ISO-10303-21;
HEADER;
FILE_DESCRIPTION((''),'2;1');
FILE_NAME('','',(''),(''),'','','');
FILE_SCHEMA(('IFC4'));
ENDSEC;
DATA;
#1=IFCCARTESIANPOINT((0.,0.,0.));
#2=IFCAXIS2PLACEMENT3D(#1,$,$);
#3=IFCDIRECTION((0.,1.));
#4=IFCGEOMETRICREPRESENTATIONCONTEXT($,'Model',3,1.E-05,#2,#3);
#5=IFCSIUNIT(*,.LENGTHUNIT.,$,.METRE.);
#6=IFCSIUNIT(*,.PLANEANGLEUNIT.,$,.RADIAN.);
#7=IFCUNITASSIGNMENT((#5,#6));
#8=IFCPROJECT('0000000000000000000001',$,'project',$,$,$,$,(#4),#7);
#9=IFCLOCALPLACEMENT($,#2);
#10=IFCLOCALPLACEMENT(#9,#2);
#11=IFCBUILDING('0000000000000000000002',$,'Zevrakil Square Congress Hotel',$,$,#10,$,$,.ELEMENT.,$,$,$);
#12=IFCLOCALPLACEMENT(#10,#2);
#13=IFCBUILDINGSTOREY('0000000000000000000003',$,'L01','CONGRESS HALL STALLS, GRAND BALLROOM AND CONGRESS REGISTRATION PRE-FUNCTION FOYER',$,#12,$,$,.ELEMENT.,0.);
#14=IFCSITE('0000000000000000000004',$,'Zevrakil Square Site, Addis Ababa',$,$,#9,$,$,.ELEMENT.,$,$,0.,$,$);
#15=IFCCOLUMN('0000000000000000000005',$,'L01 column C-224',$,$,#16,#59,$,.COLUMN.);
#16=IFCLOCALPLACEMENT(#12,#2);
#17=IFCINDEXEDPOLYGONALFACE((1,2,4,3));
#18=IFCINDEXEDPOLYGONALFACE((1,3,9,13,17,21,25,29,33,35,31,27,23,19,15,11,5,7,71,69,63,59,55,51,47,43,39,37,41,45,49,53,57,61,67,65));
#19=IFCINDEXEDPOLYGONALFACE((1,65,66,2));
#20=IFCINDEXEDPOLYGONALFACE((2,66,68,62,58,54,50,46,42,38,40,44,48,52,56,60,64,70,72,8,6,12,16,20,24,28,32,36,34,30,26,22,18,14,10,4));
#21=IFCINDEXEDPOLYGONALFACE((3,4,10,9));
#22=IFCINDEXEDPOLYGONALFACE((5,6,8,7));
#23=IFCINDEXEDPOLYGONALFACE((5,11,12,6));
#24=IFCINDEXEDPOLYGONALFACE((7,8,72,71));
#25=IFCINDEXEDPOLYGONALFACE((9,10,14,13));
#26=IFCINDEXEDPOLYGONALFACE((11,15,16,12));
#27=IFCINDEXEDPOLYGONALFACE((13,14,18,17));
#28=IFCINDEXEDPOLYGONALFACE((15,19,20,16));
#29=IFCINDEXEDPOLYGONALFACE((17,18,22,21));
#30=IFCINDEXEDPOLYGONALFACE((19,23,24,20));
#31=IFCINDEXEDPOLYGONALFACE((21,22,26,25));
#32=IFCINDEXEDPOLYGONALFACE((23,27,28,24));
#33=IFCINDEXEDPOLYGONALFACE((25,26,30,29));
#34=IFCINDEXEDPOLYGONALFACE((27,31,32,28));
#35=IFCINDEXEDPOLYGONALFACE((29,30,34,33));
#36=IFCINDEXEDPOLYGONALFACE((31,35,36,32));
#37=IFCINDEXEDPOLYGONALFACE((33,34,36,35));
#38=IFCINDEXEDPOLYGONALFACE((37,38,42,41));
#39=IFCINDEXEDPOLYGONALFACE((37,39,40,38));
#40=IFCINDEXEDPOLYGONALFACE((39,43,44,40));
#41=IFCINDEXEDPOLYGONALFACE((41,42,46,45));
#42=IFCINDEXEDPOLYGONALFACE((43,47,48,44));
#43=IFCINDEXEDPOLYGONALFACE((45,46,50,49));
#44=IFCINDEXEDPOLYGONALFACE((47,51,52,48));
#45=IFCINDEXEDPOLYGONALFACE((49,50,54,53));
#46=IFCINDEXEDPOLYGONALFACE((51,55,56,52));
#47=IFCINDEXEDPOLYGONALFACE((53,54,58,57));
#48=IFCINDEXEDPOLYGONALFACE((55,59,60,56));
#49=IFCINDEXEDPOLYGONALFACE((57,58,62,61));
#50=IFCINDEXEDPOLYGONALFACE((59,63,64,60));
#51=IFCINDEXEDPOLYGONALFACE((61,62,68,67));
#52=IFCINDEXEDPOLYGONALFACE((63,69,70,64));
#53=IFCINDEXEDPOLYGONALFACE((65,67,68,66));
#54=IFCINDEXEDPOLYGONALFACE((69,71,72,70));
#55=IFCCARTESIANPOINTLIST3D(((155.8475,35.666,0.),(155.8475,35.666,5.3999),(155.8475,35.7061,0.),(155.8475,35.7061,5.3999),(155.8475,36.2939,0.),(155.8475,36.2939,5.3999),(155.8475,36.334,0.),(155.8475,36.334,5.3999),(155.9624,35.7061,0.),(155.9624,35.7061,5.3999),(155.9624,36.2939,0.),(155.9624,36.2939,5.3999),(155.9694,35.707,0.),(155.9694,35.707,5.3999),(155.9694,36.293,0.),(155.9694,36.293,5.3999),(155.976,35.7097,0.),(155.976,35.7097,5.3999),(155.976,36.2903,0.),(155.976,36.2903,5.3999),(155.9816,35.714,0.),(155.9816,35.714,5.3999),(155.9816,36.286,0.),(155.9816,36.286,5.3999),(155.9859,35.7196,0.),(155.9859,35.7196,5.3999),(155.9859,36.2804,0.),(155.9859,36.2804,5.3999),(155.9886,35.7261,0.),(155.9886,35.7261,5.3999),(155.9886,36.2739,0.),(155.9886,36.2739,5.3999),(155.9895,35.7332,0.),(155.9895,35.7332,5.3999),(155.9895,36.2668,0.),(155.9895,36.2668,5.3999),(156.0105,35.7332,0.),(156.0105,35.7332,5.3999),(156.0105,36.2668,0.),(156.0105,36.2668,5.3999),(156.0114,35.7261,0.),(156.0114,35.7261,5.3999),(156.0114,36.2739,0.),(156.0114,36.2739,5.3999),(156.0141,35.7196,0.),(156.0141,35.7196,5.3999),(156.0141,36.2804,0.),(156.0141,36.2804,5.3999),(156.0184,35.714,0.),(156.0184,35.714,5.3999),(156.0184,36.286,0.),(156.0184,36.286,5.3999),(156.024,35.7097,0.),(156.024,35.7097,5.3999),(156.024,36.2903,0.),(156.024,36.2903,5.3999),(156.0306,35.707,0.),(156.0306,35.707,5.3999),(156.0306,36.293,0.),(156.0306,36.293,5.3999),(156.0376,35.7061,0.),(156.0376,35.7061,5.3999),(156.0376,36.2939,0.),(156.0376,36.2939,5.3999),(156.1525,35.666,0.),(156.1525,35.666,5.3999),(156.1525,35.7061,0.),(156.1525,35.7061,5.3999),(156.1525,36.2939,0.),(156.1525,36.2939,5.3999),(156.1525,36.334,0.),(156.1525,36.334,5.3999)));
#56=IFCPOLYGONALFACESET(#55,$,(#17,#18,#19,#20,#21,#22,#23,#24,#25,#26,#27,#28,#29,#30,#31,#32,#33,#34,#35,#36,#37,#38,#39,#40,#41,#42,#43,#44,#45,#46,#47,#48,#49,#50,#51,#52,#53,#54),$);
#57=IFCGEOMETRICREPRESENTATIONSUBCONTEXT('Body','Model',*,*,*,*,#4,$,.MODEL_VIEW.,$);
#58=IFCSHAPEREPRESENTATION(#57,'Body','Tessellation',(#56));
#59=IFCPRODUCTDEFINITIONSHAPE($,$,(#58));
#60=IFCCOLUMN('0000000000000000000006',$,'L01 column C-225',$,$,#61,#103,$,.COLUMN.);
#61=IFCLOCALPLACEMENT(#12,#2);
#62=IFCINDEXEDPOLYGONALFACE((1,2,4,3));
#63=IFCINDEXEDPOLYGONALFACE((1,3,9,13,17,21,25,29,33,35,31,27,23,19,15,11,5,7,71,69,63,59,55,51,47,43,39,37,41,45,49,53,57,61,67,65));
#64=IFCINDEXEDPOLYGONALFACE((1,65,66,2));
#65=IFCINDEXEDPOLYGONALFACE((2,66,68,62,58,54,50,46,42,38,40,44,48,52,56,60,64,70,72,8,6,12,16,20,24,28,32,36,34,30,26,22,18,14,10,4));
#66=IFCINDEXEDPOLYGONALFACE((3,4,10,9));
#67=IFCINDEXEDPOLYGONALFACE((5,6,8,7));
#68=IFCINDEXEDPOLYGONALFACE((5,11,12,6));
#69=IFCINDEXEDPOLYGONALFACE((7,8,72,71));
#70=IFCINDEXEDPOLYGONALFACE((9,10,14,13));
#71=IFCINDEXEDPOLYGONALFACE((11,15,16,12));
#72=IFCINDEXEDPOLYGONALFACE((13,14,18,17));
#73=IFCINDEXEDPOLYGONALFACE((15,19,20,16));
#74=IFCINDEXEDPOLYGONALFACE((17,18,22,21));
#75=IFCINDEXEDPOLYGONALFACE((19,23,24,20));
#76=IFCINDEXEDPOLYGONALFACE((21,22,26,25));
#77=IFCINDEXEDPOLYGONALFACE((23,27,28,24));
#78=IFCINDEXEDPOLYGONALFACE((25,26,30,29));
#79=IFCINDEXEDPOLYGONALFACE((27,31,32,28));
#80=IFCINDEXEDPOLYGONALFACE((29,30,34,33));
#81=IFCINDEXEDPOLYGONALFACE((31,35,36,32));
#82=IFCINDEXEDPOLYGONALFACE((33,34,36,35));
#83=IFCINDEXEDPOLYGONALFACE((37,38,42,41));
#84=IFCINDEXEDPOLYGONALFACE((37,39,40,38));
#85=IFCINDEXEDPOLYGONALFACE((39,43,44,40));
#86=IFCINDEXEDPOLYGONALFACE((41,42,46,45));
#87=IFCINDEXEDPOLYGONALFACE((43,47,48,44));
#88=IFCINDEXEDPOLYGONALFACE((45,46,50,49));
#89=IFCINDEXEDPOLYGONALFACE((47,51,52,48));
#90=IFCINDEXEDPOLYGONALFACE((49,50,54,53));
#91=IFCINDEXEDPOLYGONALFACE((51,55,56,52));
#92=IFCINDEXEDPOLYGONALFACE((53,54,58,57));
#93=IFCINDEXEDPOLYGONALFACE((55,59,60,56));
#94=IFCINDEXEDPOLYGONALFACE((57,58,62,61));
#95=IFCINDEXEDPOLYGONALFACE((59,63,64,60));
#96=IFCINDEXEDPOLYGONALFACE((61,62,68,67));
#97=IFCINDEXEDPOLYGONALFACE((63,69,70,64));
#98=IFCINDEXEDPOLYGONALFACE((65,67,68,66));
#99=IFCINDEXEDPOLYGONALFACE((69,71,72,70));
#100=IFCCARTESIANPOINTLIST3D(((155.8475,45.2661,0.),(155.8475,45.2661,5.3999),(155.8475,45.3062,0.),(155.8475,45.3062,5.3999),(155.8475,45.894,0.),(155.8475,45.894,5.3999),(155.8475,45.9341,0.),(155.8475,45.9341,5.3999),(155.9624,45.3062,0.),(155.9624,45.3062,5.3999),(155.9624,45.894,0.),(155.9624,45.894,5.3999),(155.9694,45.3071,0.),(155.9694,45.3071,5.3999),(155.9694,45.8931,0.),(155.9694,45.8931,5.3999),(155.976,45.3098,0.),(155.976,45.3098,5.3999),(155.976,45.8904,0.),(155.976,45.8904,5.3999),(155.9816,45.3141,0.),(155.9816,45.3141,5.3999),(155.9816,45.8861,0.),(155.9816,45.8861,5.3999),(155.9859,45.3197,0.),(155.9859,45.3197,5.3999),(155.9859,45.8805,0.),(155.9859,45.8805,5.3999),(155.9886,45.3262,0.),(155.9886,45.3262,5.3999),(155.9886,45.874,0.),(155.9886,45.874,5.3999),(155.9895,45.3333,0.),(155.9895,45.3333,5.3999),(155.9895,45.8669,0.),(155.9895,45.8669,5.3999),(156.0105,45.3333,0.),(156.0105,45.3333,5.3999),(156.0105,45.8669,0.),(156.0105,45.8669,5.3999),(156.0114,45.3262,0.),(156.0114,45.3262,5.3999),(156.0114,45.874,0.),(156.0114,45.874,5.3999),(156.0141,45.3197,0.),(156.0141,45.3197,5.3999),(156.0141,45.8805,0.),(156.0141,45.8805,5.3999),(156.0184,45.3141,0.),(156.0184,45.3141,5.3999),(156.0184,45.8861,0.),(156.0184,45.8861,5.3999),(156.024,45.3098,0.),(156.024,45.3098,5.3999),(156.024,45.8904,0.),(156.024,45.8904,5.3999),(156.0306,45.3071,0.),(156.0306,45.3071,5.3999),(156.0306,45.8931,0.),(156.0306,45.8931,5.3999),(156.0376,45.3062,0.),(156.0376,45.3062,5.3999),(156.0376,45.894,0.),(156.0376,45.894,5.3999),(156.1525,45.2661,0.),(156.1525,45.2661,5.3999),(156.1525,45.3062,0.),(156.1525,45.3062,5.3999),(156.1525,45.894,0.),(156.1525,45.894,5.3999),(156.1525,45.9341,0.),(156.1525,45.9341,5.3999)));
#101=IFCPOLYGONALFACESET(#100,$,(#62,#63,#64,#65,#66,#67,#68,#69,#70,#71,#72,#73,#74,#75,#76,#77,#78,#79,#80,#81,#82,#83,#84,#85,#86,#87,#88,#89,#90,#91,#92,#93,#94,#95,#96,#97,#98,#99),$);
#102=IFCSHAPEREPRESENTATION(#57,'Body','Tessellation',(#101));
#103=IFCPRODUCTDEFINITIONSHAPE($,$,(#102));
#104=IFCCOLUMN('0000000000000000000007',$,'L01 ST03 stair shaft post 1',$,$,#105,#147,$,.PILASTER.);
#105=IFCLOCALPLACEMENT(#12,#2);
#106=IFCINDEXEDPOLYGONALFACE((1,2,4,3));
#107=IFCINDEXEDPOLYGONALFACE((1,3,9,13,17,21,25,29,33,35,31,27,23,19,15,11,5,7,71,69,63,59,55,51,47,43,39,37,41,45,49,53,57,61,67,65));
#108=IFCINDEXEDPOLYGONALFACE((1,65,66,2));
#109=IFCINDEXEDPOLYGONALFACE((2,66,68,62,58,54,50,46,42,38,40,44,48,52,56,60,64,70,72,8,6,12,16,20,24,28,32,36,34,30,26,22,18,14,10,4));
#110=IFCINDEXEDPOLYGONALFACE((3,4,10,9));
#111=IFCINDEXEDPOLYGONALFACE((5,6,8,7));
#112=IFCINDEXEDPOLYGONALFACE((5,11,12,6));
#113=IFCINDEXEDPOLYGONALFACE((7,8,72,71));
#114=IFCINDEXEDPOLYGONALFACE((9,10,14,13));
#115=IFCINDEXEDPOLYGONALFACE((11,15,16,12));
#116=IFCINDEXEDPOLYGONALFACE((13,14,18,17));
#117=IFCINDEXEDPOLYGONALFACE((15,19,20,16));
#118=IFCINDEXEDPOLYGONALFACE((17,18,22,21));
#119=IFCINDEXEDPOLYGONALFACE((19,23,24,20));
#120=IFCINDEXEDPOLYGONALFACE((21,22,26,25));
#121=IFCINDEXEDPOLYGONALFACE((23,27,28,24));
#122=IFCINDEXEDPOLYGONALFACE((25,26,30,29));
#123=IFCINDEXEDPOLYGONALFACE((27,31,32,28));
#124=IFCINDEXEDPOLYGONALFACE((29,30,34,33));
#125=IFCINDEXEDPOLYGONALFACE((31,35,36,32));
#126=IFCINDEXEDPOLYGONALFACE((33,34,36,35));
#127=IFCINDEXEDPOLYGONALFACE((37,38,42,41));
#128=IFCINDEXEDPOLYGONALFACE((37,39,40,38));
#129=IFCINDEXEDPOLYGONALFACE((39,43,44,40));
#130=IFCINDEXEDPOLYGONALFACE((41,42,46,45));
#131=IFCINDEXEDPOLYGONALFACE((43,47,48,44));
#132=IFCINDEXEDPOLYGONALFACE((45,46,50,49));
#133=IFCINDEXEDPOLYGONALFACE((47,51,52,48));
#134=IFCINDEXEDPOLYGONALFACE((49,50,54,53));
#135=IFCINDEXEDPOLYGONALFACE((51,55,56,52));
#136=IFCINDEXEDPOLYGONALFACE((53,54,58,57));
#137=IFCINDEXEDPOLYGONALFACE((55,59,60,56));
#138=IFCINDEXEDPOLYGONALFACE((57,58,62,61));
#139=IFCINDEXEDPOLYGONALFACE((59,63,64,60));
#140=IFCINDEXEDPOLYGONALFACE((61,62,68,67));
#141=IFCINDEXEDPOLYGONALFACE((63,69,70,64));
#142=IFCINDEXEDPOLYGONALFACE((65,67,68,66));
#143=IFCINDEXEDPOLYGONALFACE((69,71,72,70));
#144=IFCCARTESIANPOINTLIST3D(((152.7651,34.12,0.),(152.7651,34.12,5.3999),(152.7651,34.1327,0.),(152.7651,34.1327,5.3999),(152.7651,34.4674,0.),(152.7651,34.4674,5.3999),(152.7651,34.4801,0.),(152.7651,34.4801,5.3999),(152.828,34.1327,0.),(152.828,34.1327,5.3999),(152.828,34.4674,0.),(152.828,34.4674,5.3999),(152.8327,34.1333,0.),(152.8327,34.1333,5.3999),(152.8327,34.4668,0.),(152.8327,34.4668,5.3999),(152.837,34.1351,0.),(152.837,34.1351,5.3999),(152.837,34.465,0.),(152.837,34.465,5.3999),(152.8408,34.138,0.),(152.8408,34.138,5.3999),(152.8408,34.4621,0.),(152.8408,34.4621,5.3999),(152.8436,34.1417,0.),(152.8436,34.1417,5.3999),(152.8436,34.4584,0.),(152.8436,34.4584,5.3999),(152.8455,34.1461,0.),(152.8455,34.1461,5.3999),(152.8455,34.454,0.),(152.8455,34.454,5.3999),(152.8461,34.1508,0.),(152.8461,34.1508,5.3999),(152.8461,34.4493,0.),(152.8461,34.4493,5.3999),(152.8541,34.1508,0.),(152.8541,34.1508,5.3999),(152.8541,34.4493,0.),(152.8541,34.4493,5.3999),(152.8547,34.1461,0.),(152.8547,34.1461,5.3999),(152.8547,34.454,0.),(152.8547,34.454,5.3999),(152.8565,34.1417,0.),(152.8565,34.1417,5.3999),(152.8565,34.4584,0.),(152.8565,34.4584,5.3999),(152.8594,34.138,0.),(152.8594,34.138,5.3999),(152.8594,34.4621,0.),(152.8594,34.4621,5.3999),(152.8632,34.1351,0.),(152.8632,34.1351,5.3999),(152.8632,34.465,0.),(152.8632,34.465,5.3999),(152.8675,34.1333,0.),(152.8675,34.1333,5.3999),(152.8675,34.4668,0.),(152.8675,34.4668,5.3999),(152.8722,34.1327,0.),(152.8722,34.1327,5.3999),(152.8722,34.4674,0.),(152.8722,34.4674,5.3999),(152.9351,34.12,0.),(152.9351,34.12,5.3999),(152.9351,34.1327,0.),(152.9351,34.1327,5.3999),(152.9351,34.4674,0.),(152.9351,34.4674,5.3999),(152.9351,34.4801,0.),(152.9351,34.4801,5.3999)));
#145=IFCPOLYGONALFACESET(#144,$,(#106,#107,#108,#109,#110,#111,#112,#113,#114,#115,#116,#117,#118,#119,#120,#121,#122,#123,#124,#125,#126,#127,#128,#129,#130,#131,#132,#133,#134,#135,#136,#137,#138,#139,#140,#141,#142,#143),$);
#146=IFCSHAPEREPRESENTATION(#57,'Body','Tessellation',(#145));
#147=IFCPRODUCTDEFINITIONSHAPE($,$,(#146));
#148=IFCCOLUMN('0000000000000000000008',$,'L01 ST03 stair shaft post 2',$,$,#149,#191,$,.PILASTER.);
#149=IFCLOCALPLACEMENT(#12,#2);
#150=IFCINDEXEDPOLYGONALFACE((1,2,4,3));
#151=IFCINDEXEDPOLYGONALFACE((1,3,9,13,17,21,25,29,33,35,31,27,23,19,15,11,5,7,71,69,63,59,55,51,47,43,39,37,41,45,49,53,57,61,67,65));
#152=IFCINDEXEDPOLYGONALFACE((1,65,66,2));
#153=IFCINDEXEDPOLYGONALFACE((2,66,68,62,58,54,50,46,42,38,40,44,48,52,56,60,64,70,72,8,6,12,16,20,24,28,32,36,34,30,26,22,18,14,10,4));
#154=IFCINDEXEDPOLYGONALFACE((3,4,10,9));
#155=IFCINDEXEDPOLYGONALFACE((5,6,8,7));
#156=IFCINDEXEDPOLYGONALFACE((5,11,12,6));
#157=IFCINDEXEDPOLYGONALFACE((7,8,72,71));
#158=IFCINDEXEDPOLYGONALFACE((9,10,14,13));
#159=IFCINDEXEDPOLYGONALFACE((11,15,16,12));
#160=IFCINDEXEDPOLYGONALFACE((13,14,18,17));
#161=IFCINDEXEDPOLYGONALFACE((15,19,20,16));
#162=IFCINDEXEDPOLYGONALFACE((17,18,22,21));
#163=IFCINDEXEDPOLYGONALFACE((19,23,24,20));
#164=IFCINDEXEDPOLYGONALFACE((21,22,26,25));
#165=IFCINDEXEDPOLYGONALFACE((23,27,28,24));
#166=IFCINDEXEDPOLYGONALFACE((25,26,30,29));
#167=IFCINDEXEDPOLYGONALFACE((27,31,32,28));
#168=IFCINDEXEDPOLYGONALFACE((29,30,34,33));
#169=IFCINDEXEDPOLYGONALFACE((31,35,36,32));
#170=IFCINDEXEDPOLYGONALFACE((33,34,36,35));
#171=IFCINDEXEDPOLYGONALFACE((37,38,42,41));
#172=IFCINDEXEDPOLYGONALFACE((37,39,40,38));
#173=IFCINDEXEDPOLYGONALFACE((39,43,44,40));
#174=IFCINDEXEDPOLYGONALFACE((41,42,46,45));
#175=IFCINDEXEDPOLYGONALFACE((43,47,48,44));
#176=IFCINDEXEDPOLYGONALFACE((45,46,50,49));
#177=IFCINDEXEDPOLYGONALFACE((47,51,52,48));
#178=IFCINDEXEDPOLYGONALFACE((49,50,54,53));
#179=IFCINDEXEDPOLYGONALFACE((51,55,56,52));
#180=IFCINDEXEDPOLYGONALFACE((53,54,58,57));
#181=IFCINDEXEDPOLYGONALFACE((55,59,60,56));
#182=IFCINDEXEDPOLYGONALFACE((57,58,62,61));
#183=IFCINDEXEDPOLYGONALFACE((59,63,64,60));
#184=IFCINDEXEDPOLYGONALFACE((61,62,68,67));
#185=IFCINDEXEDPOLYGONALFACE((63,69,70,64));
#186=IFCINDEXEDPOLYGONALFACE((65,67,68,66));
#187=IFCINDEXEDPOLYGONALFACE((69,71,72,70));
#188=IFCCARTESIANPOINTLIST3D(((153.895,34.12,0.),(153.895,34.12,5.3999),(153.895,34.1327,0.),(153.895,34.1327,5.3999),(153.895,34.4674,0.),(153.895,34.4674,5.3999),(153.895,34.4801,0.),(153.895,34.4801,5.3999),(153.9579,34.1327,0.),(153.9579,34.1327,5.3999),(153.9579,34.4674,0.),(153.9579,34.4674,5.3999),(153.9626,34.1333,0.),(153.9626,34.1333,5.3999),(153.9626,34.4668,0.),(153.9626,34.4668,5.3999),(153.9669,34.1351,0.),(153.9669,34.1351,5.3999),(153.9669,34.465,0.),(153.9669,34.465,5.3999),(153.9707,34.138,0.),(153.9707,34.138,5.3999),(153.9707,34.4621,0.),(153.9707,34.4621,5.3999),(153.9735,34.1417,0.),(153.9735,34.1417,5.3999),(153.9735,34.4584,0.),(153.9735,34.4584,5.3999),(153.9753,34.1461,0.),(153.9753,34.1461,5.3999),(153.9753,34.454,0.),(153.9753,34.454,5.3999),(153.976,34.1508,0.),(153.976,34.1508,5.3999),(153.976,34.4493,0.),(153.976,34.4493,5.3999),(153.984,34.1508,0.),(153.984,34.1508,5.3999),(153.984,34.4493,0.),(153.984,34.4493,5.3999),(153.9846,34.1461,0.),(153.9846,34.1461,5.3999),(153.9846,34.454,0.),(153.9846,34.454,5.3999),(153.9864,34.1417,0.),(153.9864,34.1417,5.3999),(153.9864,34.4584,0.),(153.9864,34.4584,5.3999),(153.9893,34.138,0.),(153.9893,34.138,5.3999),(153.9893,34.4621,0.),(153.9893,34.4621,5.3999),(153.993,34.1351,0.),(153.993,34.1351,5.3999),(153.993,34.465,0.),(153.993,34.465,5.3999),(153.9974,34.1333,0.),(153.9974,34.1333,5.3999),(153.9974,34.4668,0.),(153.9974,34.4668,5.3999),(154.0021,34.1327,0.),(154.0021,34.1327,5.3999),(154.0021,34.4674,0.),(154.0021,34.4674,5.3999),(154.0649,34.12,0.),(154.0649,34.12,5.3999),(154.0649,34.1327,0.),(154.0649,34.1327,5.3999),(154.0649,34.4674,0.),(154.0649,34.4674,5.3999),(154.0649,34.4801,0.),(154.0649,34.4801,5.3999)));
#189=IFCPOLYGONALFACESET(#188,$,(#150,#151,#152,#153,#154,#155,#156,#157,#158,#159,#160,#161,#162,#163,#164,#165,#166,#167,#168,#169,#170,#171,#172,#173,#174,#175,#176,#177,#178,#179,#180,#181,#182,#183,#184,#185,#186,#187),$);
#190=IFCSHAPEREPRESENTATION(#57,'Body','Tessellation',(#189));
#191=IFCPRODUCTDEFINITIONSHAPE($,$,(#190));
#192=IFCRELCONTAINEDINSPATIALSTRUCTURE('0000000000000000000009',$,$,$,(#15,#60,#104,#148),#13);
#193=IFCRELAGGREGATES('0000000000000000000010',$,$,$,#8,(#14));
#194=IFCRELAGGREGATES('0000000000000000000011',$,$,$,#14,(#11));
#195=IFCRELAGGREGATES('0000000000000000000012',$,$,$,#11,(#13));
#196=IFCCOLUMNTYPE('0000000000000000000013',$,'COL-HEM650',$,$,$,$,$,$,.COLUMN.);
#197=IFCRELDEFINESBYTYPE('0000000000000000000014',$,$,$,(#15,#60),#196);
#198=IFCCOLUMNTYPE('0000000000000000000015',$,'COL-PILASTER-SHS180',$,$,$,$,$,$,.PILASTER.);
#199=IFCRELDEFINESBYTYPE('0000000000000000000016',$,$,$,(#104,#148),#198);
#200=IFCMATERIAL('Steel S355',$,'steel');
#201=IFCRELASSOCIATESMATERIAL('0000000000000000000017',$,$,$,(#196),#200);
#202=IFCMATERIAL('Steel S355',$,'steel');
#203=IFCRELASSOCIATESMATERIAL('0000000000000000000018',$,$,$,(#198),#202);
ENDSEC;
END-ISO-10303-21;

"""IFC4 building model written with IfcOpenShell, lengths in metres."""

from ifc_helpers import new_model, si_unit, direction, frame, origin, origin_2d, place, context, subcontext, project, spatial, i_section, extrude, material, material_profile, profile_set, type_object, element, save


model = new_model("IFC4")

# Units and contexts
model_context = context("Model", 3, precision=1e-05, world=origin(), true_north=direction((0.0, 1.0)))
body_context = subcontext(model_context, "Body", "Model", "MODEL_VIEW")
ifc_project = project(units=[si_unit("LENGTHUNIT", "METRE"), si_unit("PLANEANGLEUNIT", "RADIAN")], contexts=[model_context])

# Site, building, storey
site_placement = place(None, origin())
site = spatial("IfcSite", under=ifc_project, at=site_placement, Name="Zevrakil Square Site, Addis Ababa", CompositionType="ELEMENT", RefElevation=0.0)
building_placement = place(site_placement, origin())
building = spatial("IfcBuilding", under=site, at=building_placement, Name="Zevrakil Square Congress Hotel", CompositionType="ELEMENT")
storey_placement = place(building_placement, origin())
storey = spatial("IfcBuildingStorey", under=building, at=storey_placement, Name="L01", Description="CONGRESS HALL STALLS, GRAND BALLROOM AND CONGRESS REGISTRATION PRE-FUNCTION FOYER", CompositionType="ELEMENT", Elevation=0.0)

# Columns
ifc_material_1 = material(Name="Steel S355", Category="steel")
ifc_material_profile_1 = material_profile(ifc_material_1, i_section(OverallWidth=0.3049, OverallDepth=0.668, WebThickness=0.021, FlangeThickness=0.04, FilletRadius=0.0271, at=origin_2d()), Name="HEM 650")
ifc_profile_set_1 = profile_set([ifc_material_profile_1], Name="Steel S355")
column_type_1 = type_object("IfcColumnType", Name="COL-HEM650", PredefinedType="COLUMN", material=ifc_profile_set_1)
for number, where, z_axis, x_axis, name in (
    (1, (156.0, 36.0, 0.0), (0.0, 0.0, 1.0), (1.0, 0.0, 0.0), "L01 column C-224"),
    (2, (156.0, 45.6001, 0.0), (0.0, 0.0, 1.0), (1.0, 0.0, 0.0), "L01 column C-225"),
):
    element("IfcColumn", number, at=place(storey_placement, frame(where, z_axis=z_axis, x_axis=x_axis)), inside=storey, type_object=column_type_1, Name=name, PredefinedType="COLUMN", context=body_context, shape_type="SweptSolid", body=[
        extrude(i_section(OverallWidth=0.3049, OverallDepth=0.668, WebThickness=0.021, FlangeThickness=0.04, FilletRadius=0.0271, at=origin_2d()), origin(), (0.0, 0.0, 1.0), 5.3999),
    ])
ifc_material_2 = material(Name="Steel S355", Category="steel")
ifc_material_profile_2 = material_profile(ifc_material_2, i_section(OverallWidth=0.1699, OverallDepth=0.3601, WebThickness=0.0081, FlangeThickness=0.0127, FilletRadius=0.0181, at=origin_2d()), Name="IPE 360")
ifc_profile_set_2 = profile_set([ifc_material_profile_2], Name="Steel S355")
column_type_2 = type_object("IfcColumnType", Name="COL-PILASTER-SHS180", PredefinedType="PILASTER", material=ifc_profile_set_2)
for number, where, z_axis, x_axis, name in (
    (3, (152.8501, 34.3, 0.0), (0.0, 0.0, 1.0), (1.0, 0.0, 0.0), "L01 ST03 stair shaft post 1"),
    (4, (153.98, 34.3, 0.0), (0.0, 0.0, 1.0), (1.0, 0.0, 0.0), "L01 ST03 stair shaft post 2"),
):
    element("IfcColumn", number, at=place(storey_placement, frame(where, z_axis=z_axis, x_axis=x_axis)), inside=storey, type_object=column_type_2, Name=name, PredefinedType="PILASTER", context=body_context, shape_type="SweptSolid", body=[
        extrude(i_section(OverallWidth=0.1699, OverallDepth=0.3601, WebThickness=0.0081, FlangeThickness=0.0127, FilletRadius=0.0181, at=origin_2d()), origin(), (0.0, 0.0, 1.0), 5.3999),
    ])

save(model, "model.ifc")
